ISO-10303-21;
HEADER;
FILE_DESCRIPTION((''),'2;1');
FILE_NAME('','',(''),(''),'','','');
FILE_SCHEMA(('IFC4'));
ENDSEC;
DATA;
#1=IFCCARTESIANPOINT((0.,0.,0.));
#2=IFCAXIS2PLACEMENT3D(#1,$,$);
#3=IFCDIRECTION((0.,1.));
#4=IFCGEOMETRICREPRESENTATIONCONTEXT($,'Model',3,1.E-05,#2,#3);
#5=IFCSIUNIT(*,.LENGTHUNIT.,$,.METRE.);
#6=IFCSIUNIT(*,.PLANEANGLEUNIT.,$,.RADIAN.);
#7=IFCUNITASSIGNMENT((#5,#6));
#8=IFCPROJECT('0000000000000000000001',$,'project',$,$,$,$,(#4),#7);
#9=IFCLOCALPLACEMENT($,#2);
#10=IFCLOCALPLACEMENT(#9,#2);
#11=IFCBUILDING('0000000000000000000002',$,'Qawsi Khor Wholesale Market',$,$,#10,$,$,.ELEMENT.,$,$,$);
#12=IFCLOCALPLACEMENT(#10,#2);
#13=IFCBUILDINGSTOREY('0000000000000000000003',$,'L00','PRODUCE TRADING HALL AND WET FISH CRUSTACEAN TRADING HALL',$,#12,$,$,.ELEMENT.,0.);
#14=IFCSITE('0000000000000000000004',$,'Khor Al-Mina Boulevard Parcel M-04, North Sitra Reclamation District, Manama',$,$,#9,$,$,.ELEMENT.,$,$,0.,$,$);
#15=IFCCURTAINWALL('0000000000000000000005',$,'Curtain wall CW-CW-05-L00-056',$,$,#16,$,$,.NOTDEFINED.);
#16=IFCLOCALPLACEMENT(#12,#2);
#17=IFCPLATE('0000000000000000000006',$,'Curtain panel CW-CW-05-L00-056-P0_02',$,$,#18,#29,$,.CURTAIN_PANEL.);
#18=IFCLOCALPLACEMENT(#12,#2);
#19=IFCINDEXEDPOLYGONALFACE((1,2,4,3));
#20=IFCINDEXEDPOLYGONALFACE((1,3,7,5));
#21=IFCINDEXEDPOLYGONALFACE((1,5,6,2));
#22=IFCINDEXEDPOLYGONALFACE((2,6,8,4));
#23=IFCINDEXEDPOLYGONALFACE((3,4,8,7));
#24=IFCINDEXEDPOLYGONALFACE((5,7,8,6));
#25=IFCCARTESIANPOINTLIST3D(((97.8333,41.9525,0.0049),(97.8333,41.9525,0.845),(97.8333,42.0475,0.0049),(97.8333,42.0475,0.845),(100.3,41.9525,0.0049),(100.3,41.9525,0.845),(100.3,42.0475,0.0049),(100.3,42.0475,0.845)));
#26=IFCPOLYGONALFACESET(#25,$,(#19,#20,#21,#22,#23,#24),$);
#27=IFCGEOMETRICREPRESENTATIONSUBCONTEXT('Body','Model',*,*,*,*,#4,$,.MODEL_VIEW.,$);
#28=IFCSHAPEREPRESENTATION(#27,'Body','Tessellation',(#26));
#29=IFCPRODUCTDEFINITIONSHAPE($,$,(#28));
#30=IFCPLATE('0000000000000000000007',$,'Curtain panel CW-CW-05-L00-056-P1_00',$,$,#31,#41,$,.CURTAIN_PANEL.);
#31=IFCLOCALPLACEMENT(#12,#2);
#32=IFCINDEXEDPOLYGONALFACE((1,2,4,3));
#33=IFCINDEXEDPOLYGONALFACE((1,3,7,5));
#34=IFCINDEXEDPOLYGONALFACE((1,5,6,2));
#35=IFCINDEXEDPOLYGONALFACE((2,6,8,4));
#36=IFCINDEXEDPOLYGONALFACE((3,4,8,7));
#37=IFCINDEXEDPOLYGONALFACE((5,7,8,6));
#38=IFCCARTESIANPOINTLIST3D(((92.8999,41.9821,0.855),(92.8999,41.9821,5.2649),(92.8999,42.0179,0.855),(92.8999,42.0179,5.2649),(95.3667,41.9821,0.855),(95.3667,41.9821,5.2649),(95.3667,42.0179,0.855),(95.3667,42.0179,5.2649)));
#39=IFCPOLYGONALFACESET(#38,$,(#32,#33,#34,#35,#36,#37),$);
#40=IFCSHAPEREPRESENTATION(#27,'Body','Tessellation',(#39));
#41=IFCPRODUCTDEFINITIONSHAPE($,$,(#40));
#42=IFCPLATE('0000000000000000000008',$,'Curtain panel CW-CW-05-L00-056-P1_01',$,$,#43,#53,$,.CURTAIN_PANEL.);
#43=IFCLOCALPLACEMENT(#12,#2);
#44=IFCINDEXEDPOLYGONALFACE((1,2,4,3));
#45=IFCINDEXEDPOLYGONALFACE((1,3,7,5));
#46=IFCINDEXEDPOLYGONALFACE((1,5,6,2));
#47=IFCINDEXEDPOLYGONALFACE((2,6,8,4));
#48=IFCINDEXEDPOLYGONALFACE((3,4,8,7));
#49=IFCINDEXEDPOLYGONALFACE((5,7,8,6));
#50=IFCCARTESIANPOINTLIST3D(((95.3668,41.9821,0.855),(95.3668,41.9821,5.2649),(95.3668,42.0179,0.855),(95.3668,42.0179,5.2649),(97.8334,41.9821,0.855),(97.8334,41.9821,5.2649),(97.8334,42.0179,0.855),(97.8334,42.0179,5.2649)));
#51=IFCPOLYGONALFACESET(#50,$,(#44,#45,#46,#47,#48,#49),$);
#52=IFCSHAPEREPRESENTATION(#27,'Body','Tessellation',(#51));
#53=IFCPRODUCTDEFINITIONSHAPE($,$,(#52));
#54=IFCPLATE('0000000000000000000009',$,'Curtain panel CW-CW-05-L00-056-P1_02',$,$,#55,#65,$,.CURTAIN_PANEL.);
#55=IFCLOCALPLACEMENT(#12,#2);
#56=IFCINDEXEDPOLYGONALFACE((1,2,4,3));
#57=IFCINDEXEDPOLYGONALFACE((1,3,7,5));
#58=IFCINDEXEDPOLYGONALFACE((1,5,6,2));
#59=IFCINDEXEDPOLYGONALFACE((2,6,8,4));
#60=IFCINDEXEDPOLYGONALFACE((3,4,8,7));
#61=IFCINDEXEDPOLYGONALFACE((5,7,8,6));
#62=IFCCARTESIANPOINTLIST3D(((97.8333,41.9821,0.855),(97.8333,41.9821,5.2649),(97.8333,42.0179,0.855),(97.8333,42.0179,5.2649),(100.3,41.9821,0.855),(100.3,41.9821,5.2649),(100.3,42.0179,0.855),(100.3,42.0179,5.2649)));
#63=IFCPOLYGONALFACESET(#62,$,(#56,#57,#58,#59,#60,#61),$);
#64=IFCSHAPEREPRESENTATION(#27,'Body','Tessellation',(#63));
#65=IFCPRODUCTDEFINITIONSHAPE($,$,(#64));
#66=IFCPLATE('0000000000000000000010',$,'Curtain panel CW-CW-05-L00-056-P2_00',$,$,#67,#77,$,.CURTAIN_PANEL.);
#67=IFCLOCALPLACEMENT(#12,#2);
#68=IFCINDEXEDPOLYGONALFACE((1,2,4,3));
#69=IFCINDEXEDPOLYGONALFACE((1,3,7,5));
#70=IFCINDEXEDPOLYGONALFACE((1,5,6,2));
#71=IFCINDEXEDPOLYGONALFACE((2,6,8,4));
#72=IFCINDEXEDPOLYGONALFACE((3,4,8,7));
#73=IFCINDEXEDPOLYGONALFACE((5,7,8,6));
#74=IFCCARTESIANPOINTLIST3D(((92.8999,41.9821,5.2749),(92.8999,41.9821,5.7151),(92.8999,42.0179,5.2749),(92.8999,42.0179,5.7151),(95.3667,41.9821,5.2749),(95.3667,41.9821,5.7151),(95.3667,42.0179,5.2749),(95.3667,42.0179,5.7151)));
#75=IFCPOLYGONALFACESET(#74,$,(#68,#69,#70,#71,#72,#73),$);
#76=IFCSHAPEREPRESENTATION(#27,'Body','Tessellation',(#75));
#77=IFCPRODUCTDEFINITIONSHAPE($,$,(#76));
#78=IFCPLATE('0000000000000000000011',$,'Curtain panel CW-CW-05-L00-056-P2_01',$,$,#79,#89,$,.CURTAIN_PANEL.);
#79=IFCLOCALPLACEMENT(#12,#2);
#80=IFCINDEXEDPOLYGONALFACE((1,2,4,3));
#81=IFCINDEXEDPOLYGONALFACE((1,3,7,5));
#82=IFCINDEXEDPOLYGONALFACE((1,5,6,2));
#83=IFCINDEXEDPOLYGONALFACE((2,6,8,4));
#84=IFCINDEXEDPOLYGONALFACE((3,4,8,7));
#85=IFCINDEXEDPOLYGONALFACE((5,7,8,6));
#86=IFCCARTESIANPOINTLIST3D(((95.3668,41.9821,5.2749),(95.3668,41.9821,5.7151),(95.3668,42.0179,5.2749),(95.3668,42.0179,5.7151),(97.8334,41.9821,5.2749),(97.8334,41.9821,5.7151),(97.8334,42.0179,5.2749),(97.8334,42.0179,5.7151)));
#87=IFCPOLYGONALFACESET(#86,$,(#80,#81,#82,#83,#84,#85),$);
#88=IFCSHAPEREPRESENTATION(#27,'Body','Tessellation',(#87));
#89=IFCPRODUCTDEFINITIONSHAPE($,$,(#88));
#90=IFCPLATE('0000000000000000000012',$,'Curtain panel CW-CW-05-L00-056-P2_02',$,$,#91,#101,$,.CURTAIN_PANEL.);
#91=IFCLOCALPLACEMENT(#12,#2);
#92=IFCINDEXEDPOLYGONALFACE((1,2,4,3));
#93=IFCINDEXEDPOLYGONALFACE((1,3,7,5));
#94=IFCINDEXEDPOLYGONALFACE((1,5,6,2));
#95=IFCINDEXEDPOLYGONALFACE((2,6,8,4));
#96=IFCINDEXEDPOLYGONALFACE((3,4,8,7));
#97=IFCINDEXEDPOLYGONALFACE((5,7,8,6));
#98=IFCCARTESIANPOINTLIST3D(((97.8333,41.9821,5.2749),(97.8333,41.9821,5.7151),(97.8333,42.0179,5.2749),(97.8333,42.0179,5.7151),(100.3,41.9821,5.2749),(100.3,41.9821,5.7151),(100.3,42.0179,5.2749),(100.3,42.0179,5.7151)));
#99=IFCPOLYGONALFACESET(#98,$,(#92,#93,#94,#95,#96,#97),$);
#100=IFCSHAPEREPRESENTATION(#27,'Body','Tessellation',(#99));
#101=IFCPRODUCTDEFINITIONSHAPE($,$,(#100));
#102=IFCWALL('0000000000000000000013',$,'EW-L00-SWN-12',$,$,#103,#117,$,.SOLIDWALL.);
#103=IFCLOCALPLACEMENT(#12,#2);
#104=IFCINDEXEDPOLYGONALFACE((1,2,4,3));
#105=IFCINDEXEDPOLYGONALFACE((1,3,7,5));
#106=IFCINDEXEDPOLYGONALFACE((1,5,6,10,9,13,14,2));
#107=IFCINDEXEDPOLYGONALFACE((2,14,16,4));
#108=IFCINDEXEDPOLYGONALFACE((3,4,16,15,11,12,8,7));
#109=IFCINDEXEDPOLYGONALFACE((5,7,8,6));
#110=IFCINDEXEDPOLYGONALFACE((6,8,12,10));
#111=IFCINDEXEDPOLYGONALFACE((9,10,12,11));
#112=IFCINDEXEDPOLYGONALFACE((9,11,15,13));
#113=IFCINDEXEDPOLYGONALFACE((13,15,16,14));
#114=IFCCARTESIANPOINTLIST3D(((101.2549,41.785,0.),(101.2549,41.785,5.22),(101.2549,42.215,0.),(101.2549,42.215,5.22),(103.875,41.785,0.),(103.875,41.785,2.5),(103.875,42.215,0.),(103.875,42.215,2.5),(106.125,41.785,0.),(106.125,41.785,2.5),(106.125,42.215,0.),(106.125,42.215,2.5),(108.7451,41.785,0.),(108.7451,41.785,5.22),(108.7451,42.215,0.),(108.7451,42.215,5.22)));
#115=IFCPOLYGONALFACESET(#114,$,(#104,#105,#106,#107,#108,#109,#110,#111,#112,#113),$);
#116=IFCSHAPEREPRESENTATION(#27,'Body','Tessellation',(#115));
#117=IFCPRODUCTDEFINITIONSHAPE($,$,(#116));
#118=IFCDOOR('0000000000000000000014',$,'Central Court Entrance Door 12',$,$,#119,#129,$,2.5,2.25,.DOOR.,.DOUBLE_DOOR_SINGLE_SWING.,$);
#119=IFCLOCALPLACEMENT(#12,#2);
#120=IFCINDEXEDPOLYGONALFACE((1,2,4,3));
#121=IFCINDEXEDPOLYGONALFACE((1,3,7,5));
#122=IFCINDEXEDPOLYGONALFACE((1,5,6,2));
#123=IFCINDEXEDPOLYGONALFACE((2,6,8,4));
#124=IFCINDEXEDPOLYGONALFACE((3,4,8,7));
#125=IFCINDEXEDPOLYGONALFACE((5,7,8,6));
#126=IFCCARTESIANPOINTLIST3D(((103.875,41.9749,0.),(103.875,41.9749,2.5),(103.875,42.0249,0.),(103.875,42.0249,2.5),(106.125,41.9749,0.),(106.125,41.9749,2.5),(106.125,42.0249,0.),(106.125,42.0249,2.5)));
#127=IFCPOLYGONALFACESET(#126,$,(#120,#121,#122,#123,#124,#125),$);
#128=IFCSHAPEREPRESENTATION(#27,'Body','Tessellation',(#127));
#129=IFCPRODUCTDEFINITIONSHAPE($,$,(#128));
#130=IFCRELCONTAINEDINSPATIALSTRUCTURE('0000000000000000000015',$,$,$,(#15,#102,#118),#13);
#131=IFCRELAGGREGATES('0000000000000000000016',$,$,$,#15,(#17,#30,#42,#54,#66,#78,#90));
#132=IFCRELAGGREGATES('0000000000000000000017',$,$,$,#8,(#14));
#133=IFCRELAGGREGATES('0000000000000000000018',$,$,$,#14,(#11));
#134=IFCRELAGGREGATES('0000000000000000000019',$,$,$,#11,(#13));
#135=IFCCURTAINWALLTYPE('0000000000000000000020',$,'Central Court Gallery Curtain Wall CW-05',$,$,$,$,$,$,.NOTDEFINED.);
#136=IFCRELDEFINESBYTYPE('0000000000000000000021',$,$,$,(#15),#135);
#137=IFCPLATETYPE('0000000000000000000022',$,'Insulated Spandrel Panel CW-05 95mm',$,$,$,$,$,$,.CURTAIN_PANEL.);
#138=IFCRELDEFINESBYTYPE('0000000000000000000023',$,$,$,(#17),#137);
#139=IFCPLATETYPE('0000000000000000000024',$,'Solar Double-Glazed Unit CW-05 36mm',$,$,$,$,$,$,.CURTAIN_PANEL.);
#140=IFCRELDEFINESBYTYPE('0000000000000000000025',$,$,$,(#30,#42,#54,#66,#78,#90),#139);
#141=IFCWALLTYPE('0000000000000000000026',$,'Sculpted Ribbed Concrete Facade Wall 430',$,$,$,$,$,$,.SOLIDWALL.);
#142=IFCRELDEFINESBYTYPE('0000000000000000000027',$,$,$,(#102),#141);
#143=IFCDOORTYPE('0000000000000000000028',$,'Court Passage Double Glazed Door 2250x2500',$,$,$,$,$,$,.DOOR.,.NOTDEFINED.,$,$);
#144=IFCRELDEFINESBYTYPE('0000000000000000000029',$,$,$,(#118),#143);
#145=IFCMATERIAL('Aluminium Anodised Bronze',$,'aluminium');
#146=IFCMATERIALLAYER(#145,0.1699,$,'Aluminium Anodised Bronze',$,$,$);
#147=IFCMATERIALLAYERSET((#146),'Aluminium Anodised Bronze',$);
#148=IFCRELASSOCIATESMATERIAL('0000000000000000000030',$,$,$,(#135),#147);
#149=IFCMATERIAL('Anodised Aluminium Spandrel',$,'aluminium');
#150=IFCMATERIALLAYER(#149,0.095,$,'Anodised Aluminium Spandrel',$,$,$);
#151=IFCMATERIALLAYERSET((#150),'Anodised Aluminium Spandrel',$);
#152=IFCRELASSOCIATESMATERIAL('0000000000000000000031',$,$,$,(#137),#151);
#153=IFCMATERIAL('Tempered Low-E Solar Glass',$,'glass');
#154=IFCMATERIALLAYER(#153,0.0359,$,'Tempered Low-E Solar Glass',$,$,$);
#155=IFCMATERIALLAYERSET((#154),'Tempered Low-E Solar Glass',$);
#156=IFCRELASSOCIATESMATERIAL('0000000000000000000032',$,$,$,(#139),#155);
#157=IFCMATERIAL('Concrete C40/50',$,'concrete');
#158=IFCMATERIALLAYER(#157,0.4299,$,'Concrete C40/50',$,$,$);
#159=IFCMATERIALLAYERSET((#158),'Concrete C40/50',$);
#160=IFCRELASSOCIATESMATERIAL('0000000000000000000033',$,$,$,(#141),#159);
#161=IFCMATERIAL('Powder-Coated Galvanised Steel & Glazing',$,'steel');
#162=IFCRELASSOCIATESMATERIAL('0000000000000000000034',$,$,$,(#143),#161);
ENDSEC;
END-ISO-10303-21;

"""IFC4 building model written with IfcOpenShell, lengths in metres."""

from ifc_helpers import new_model, si_unit, direction, frame, frame_2d, origin, place, context, subcontext, project, spatial, rectangle, extrude, material, layer, layer_set, type_object, element, fill, aggregate, save


model = new_model("IFC4")

# Units and contexts
model_context = context("Model", 3, precision=1e-05, world=origin(), true_north=direction((0.0, 1.0)))
body_context = subcontext(model_context, "Body", "Model", "MODEL_VIEW")
ifc_project = project(units=[si_unit("LENGTHUNIT", "METRE"), si_unit("PLANEANGLEUNIT", "RADIAN")], contexts=[model_context])

# Site, building, storey
site_placement = place(None, origin())
site = spatial("IfcSite", under=ifc_project, at=site_placement, Name="Khor Al-Mina Boulevard Parcel M-04, North Sitra Reclamation District, Manama", CompositionType="ELEMENT", RefElevation=0.0)
building_placement = place(site_placement, origin())
building = spatial("IfcBuilding", under=site, at=building_placement, Name="Qawsi Khor Wholesale Market", CompositionType="ELEMENT")
storey_placement = place(building_placement, origin())
storey = spatial("IfcBuildingStorey", under=building, at=storey_placement, Name="L00", Description="PRODUCE TRADING HALL AND WET FISH CRUSTACEAN TRADING HALL", CompositionType="ELEMENT", Elevation=0.0)

# Shared definitions
ifc_material_1 = material(Name="Concrete C40/50", Category="concrete")

# Curtain wall, plates
ifc_material_2 = material(Name="Aluminium Anodised Bronze", Category="aluminium")
ifc_layer_1 = layer(ifc_material_2, 0.1699, Name="Aluminium Anodised Bronze")
ifc_layer_set_1 = layer_set([ifc_layer_1], Name="Aluminium Anodised Bronze")
curtain_wall_type = type_object("IfcCurtainWallType", Name="Central Court Gallery Curtain Wall CW-05", PredefinedType="NOTDEFINED", material=ifc_layer_set_1)
curtain_wall_placement = place(storey_placement, origin())
curtain_wall = element("IfcCurtainWall", 1, at=curtain_wall_placement, inside=storey, type_object=curtain_wall_type, Name="Curtain wall CW-CW-05-L00-056", PredefinedType="NOTDEFINED")
ifc_material_3 = material(Name="Anodised Aluminium Spandrel", Category="aluminium")
ifc_layer_2 = layer(ifc_material_3, 0.095, Name="Anodised Aluminium Spandrel")
ifc_layer_set_2 = layer_set([ifc_layer_2], Name="Anodised Aluminium Spandrel")
plate_type_1 = type_object("IfcPlateType", Name="Insulated Spandrel Panel CW-05 95mm", PredefinedType="CURTAIN_PANEL", material=ifc_layer_set_2)
plate_1_placement = place(storey_placement, frame((97.8333, 42.0, 0.0049), z_axis=(0.0, 0.0, 1.0), x_axis=(1.0, 0.0, 0.0)))
plate_1 = element("IfcPlate", 2, at=plate_1_placement, type_object=plate_type_1, Name="Curtain panel CW-CW-05-L00-056-P0_02", PredefinedType="CURTAIN_PANEL", context=body_context, shape_type="SweptSolid", body=[
    extrude(rectangle(XDim=2.4668, YDim=0.095, at=frame_2d((1.2334, 0.0))), origin(), (0.0, 0.0, 1.0), 0.8401),
])
ifc_material_4 = material(Name="Tempered Low-E Solar Glass", Category="glass")
ifc_layer_3 = layer(ifc_material_4, 0.0359, Name="Tempered Low-E Solar Glass")
ifc_layer_set_3 = layer_set([ifc_layer_3], Name="Tempered Low-E Solar Glass")
plate_type_2 = type_object("IfcPlateType", Name="Solar Double-Glazed Unit CW-05 36mm", PredefinedType="CURTAIN_PANEL", material=ifc_layer_set_3)
plate_2_placement = place(storey_placement, frame((92.8999, 42.0, 0.855), z_axis=(0.0, 0.0, 1.0), x_axis=(1.0, 0.0, 0.0)))
plate_2 = element("IfcPlate", 3, at=plate_2_placement, type_object=plate_type_2, Name="Curtain panel CW-CW-05-L00-056-P1_00", PredefinedType="CURTAIN_PANEL", context=body_context, shape_type="SweptSolid", body=[
    extrude(rectangle(XDim=2.4668, YDim=0.0359, at=frame_2d((1.2334, 0.0))), origin(), (0.0, 0.0, 1.0), 4.4099),
])
plate_3_placement = place(storey_placement, frame((95.3667, 42.0, 0.855), z_axis=(0.0, 0.0, 1.0), x_axis=(1.0, 0.0, 0.0)))
plate_3 = element("IfcPlate", 4, at=plate_3_placement, type_object=plate_type_2, Name="Curtain panel CW-CW-05-L00-056-P1_01", PredefinedType="CURTAIN_PANEL", context=body_context, shape_type="SweptSolid", body=[
    extrude(rectangle(XDim=2.4666, YDim=0.0359, at=frame_2d((1.2334, 0.0))), origin(), (0.0, 0.0, 1.0), 4.4099),
])
plate_4_placement = place(storey_placement, frame((97.8333, 42.0, 0.855), z_axis=(0.0, 0.0, 1.0), x_axis=(1.0, 0.0, 0.0)))
plate_4 = element("IfcPlate", 5, at=plate_4_placement, type_object=plate_type_2, Name="Curtain panel CW-CW-05-L00-056-P1_02", PredefinedType="CURTAIN_PANEL", context=body_context, shape_type="SweptSolid", body=[
    extrude(rectangle(XDim=2.4668, YDim=0.0359, at=frame_2d((1.2334, 0.0))), origin(), (0.0, 0.0, 1.0), 4.4099),
])
plate_5_placement = place(storey_placement, frame((92.8999, 42.0, 5.2749), z_axis=(0.0, 0.0, 1.0), x_axis=(1.0, 0.0, 0.0)))
plate_5 = element("IfcPlate", 6, at=plate_5_placement, type_object=plate_type_2, Name="Curtain panel CW-CW-05-L00-056-P2_00", PredefinedType="CURTAIN_PANEL", context=body_context, shape_type="SweptSolid", body=[
    extrude(rectangle(XDim=2.4668, YDim=0.0359, at=frame_2d((1.2334, 0.0))), origin(), (0.0, 0.0, 1.0), 0.4402),
])
plate_6_placement = place(storey_placement, frame((95.3667, 42.0, 5.2749), z_axis=(0.0, 0.0, 1.0), x_axis=(1.0, 0.0, 0.0)))
plate_6 = element("IfcPlate", 7, at=plate_6_placement, type_object=plate_type_2, Name="Curtain panel CW-CW-05-L00-056-P2_01", PredefinedType="CURTAIN_PANEL", context=body_context, shape_type="SweptSolid", body=[
    extrude(rectangle(XDim=2.4666, YDim=0.0359, at=frame_2d((1.2334, 0.0))), origin(), (0.0, 0.0, 1.0), 0.4402),
])
plate_7_placement = place(storey_placement, frame((97.8333, 42.0, 5.2749), z_axis=(0.0, 0.0, 1.0), x_axis=(1.0, 0.0, 0.0)))
plate_7 = element("IfcPlate", 8, at=plate_7_placement, type_object=plate_type_2, Name="Curtain panel CW-CW-05-L00-056-P2_02", PredefinedType="CURTAIN_PANEL", context=body_context, shape_type="SweptSolid", body=[
    extrude(rectangle(XDim=2.4668, YDim=0.0359, at=frame_2d((1.2334, 0.0))), origin(), (0.0, 0.0, 1.0), 0.4402),
])
aggregate(curtain_wall, [plate_1, plate_2, plate_3, plate_4, plate_5, plate_6, plate_7])

# Wall, opening, door
ifc_layer_4 = layer(ifc_material_1, 0.4299, Name="Concrete C40/50")
ifc_layer_set_4 = layer_set([ifc_layer_4], Name="Concrete C40/50")
wall_type = type_object("IfcWallType", Name="Sculpted Ribbed Concrete Facade Wall 430", PredefinedType="SOLIDWALL", material=ifc_layer_set_4)
wall_placement = place(storey_placement, frame((101.2549, 42.0, 0.0), z_axis=(0.0, 0.0, 1.0), x_axis=(1.0, 0.0, 0.0)))
wall = element("IfcWall", 9, at=wall_placement, inside=storey, type_object=wall_type, Name="EW-L00-SWN-12", PredefinedType="SOLIDWALL", context=body_context, shape_type="SweptSolid", body=[
    extrude(rectangle(XDim=7.4902, YDim=0.4299, at=frame_2d((3.7451, 0.0))), origin(), (0.0, 0.0, 1.0), 5.22),
])
opening_placement = place(wall_placement, frame((2.6201, 0.0, 0.0)))
opening = element("IfcOpeningElement", 10, at=opening_placement, cuts=wall, PredefinedType="OPENING", context=body_context, shape_type="SweptSolid", body=[
    extrude(rectangle(XDim=2.25, YDim=2.5, at=frame_2d((1.125, 1.25))), frame((0.0, 0.2249, 0.0), z_axis=(0.0, -1.0, 0.0), x_axis=(1.0, 0.0, 0.0)), (0.0, 0.0, 1.0), 0.45),
])
ifc_material_5 = material(Name="Powder-Coated Galvanised Steel & Glazing", Category="steel")
door_type = type_object("IfcDoorType", Name="Court Passage Double Glazed Door 2250x2500", OperationType="NOTDEFINED", PredefinedType="DOOR", material=ifc_material_5)
door_placement = place(opening_placement, origin())
door = element("IfcDoor", 11, at=door_placement, inside=storey, type_object=door_type, Name="Central Court Entrance Door 12", OperationType="DOUBLE_DOOR_SINGLE_SWING", OverallHeight=2.5, OverallWidth=2.25, PredefinedType="DOOR", context=body_context, shape_type="SweptSolid", body=[
    extrude(rectangle(XDim=2.25, YDim=2.5, at=frame_2d((1.125, 1.25))), frame((0.0, 0.0249, 0.0), z_axis=(0.0, -1.0, 0.0), x_axis=(1.0, 0.0, 0.0)), (0.0, 0.0, 1.0), 0.05),
])
fill(opening, door)

save(model, "model.ifc")
